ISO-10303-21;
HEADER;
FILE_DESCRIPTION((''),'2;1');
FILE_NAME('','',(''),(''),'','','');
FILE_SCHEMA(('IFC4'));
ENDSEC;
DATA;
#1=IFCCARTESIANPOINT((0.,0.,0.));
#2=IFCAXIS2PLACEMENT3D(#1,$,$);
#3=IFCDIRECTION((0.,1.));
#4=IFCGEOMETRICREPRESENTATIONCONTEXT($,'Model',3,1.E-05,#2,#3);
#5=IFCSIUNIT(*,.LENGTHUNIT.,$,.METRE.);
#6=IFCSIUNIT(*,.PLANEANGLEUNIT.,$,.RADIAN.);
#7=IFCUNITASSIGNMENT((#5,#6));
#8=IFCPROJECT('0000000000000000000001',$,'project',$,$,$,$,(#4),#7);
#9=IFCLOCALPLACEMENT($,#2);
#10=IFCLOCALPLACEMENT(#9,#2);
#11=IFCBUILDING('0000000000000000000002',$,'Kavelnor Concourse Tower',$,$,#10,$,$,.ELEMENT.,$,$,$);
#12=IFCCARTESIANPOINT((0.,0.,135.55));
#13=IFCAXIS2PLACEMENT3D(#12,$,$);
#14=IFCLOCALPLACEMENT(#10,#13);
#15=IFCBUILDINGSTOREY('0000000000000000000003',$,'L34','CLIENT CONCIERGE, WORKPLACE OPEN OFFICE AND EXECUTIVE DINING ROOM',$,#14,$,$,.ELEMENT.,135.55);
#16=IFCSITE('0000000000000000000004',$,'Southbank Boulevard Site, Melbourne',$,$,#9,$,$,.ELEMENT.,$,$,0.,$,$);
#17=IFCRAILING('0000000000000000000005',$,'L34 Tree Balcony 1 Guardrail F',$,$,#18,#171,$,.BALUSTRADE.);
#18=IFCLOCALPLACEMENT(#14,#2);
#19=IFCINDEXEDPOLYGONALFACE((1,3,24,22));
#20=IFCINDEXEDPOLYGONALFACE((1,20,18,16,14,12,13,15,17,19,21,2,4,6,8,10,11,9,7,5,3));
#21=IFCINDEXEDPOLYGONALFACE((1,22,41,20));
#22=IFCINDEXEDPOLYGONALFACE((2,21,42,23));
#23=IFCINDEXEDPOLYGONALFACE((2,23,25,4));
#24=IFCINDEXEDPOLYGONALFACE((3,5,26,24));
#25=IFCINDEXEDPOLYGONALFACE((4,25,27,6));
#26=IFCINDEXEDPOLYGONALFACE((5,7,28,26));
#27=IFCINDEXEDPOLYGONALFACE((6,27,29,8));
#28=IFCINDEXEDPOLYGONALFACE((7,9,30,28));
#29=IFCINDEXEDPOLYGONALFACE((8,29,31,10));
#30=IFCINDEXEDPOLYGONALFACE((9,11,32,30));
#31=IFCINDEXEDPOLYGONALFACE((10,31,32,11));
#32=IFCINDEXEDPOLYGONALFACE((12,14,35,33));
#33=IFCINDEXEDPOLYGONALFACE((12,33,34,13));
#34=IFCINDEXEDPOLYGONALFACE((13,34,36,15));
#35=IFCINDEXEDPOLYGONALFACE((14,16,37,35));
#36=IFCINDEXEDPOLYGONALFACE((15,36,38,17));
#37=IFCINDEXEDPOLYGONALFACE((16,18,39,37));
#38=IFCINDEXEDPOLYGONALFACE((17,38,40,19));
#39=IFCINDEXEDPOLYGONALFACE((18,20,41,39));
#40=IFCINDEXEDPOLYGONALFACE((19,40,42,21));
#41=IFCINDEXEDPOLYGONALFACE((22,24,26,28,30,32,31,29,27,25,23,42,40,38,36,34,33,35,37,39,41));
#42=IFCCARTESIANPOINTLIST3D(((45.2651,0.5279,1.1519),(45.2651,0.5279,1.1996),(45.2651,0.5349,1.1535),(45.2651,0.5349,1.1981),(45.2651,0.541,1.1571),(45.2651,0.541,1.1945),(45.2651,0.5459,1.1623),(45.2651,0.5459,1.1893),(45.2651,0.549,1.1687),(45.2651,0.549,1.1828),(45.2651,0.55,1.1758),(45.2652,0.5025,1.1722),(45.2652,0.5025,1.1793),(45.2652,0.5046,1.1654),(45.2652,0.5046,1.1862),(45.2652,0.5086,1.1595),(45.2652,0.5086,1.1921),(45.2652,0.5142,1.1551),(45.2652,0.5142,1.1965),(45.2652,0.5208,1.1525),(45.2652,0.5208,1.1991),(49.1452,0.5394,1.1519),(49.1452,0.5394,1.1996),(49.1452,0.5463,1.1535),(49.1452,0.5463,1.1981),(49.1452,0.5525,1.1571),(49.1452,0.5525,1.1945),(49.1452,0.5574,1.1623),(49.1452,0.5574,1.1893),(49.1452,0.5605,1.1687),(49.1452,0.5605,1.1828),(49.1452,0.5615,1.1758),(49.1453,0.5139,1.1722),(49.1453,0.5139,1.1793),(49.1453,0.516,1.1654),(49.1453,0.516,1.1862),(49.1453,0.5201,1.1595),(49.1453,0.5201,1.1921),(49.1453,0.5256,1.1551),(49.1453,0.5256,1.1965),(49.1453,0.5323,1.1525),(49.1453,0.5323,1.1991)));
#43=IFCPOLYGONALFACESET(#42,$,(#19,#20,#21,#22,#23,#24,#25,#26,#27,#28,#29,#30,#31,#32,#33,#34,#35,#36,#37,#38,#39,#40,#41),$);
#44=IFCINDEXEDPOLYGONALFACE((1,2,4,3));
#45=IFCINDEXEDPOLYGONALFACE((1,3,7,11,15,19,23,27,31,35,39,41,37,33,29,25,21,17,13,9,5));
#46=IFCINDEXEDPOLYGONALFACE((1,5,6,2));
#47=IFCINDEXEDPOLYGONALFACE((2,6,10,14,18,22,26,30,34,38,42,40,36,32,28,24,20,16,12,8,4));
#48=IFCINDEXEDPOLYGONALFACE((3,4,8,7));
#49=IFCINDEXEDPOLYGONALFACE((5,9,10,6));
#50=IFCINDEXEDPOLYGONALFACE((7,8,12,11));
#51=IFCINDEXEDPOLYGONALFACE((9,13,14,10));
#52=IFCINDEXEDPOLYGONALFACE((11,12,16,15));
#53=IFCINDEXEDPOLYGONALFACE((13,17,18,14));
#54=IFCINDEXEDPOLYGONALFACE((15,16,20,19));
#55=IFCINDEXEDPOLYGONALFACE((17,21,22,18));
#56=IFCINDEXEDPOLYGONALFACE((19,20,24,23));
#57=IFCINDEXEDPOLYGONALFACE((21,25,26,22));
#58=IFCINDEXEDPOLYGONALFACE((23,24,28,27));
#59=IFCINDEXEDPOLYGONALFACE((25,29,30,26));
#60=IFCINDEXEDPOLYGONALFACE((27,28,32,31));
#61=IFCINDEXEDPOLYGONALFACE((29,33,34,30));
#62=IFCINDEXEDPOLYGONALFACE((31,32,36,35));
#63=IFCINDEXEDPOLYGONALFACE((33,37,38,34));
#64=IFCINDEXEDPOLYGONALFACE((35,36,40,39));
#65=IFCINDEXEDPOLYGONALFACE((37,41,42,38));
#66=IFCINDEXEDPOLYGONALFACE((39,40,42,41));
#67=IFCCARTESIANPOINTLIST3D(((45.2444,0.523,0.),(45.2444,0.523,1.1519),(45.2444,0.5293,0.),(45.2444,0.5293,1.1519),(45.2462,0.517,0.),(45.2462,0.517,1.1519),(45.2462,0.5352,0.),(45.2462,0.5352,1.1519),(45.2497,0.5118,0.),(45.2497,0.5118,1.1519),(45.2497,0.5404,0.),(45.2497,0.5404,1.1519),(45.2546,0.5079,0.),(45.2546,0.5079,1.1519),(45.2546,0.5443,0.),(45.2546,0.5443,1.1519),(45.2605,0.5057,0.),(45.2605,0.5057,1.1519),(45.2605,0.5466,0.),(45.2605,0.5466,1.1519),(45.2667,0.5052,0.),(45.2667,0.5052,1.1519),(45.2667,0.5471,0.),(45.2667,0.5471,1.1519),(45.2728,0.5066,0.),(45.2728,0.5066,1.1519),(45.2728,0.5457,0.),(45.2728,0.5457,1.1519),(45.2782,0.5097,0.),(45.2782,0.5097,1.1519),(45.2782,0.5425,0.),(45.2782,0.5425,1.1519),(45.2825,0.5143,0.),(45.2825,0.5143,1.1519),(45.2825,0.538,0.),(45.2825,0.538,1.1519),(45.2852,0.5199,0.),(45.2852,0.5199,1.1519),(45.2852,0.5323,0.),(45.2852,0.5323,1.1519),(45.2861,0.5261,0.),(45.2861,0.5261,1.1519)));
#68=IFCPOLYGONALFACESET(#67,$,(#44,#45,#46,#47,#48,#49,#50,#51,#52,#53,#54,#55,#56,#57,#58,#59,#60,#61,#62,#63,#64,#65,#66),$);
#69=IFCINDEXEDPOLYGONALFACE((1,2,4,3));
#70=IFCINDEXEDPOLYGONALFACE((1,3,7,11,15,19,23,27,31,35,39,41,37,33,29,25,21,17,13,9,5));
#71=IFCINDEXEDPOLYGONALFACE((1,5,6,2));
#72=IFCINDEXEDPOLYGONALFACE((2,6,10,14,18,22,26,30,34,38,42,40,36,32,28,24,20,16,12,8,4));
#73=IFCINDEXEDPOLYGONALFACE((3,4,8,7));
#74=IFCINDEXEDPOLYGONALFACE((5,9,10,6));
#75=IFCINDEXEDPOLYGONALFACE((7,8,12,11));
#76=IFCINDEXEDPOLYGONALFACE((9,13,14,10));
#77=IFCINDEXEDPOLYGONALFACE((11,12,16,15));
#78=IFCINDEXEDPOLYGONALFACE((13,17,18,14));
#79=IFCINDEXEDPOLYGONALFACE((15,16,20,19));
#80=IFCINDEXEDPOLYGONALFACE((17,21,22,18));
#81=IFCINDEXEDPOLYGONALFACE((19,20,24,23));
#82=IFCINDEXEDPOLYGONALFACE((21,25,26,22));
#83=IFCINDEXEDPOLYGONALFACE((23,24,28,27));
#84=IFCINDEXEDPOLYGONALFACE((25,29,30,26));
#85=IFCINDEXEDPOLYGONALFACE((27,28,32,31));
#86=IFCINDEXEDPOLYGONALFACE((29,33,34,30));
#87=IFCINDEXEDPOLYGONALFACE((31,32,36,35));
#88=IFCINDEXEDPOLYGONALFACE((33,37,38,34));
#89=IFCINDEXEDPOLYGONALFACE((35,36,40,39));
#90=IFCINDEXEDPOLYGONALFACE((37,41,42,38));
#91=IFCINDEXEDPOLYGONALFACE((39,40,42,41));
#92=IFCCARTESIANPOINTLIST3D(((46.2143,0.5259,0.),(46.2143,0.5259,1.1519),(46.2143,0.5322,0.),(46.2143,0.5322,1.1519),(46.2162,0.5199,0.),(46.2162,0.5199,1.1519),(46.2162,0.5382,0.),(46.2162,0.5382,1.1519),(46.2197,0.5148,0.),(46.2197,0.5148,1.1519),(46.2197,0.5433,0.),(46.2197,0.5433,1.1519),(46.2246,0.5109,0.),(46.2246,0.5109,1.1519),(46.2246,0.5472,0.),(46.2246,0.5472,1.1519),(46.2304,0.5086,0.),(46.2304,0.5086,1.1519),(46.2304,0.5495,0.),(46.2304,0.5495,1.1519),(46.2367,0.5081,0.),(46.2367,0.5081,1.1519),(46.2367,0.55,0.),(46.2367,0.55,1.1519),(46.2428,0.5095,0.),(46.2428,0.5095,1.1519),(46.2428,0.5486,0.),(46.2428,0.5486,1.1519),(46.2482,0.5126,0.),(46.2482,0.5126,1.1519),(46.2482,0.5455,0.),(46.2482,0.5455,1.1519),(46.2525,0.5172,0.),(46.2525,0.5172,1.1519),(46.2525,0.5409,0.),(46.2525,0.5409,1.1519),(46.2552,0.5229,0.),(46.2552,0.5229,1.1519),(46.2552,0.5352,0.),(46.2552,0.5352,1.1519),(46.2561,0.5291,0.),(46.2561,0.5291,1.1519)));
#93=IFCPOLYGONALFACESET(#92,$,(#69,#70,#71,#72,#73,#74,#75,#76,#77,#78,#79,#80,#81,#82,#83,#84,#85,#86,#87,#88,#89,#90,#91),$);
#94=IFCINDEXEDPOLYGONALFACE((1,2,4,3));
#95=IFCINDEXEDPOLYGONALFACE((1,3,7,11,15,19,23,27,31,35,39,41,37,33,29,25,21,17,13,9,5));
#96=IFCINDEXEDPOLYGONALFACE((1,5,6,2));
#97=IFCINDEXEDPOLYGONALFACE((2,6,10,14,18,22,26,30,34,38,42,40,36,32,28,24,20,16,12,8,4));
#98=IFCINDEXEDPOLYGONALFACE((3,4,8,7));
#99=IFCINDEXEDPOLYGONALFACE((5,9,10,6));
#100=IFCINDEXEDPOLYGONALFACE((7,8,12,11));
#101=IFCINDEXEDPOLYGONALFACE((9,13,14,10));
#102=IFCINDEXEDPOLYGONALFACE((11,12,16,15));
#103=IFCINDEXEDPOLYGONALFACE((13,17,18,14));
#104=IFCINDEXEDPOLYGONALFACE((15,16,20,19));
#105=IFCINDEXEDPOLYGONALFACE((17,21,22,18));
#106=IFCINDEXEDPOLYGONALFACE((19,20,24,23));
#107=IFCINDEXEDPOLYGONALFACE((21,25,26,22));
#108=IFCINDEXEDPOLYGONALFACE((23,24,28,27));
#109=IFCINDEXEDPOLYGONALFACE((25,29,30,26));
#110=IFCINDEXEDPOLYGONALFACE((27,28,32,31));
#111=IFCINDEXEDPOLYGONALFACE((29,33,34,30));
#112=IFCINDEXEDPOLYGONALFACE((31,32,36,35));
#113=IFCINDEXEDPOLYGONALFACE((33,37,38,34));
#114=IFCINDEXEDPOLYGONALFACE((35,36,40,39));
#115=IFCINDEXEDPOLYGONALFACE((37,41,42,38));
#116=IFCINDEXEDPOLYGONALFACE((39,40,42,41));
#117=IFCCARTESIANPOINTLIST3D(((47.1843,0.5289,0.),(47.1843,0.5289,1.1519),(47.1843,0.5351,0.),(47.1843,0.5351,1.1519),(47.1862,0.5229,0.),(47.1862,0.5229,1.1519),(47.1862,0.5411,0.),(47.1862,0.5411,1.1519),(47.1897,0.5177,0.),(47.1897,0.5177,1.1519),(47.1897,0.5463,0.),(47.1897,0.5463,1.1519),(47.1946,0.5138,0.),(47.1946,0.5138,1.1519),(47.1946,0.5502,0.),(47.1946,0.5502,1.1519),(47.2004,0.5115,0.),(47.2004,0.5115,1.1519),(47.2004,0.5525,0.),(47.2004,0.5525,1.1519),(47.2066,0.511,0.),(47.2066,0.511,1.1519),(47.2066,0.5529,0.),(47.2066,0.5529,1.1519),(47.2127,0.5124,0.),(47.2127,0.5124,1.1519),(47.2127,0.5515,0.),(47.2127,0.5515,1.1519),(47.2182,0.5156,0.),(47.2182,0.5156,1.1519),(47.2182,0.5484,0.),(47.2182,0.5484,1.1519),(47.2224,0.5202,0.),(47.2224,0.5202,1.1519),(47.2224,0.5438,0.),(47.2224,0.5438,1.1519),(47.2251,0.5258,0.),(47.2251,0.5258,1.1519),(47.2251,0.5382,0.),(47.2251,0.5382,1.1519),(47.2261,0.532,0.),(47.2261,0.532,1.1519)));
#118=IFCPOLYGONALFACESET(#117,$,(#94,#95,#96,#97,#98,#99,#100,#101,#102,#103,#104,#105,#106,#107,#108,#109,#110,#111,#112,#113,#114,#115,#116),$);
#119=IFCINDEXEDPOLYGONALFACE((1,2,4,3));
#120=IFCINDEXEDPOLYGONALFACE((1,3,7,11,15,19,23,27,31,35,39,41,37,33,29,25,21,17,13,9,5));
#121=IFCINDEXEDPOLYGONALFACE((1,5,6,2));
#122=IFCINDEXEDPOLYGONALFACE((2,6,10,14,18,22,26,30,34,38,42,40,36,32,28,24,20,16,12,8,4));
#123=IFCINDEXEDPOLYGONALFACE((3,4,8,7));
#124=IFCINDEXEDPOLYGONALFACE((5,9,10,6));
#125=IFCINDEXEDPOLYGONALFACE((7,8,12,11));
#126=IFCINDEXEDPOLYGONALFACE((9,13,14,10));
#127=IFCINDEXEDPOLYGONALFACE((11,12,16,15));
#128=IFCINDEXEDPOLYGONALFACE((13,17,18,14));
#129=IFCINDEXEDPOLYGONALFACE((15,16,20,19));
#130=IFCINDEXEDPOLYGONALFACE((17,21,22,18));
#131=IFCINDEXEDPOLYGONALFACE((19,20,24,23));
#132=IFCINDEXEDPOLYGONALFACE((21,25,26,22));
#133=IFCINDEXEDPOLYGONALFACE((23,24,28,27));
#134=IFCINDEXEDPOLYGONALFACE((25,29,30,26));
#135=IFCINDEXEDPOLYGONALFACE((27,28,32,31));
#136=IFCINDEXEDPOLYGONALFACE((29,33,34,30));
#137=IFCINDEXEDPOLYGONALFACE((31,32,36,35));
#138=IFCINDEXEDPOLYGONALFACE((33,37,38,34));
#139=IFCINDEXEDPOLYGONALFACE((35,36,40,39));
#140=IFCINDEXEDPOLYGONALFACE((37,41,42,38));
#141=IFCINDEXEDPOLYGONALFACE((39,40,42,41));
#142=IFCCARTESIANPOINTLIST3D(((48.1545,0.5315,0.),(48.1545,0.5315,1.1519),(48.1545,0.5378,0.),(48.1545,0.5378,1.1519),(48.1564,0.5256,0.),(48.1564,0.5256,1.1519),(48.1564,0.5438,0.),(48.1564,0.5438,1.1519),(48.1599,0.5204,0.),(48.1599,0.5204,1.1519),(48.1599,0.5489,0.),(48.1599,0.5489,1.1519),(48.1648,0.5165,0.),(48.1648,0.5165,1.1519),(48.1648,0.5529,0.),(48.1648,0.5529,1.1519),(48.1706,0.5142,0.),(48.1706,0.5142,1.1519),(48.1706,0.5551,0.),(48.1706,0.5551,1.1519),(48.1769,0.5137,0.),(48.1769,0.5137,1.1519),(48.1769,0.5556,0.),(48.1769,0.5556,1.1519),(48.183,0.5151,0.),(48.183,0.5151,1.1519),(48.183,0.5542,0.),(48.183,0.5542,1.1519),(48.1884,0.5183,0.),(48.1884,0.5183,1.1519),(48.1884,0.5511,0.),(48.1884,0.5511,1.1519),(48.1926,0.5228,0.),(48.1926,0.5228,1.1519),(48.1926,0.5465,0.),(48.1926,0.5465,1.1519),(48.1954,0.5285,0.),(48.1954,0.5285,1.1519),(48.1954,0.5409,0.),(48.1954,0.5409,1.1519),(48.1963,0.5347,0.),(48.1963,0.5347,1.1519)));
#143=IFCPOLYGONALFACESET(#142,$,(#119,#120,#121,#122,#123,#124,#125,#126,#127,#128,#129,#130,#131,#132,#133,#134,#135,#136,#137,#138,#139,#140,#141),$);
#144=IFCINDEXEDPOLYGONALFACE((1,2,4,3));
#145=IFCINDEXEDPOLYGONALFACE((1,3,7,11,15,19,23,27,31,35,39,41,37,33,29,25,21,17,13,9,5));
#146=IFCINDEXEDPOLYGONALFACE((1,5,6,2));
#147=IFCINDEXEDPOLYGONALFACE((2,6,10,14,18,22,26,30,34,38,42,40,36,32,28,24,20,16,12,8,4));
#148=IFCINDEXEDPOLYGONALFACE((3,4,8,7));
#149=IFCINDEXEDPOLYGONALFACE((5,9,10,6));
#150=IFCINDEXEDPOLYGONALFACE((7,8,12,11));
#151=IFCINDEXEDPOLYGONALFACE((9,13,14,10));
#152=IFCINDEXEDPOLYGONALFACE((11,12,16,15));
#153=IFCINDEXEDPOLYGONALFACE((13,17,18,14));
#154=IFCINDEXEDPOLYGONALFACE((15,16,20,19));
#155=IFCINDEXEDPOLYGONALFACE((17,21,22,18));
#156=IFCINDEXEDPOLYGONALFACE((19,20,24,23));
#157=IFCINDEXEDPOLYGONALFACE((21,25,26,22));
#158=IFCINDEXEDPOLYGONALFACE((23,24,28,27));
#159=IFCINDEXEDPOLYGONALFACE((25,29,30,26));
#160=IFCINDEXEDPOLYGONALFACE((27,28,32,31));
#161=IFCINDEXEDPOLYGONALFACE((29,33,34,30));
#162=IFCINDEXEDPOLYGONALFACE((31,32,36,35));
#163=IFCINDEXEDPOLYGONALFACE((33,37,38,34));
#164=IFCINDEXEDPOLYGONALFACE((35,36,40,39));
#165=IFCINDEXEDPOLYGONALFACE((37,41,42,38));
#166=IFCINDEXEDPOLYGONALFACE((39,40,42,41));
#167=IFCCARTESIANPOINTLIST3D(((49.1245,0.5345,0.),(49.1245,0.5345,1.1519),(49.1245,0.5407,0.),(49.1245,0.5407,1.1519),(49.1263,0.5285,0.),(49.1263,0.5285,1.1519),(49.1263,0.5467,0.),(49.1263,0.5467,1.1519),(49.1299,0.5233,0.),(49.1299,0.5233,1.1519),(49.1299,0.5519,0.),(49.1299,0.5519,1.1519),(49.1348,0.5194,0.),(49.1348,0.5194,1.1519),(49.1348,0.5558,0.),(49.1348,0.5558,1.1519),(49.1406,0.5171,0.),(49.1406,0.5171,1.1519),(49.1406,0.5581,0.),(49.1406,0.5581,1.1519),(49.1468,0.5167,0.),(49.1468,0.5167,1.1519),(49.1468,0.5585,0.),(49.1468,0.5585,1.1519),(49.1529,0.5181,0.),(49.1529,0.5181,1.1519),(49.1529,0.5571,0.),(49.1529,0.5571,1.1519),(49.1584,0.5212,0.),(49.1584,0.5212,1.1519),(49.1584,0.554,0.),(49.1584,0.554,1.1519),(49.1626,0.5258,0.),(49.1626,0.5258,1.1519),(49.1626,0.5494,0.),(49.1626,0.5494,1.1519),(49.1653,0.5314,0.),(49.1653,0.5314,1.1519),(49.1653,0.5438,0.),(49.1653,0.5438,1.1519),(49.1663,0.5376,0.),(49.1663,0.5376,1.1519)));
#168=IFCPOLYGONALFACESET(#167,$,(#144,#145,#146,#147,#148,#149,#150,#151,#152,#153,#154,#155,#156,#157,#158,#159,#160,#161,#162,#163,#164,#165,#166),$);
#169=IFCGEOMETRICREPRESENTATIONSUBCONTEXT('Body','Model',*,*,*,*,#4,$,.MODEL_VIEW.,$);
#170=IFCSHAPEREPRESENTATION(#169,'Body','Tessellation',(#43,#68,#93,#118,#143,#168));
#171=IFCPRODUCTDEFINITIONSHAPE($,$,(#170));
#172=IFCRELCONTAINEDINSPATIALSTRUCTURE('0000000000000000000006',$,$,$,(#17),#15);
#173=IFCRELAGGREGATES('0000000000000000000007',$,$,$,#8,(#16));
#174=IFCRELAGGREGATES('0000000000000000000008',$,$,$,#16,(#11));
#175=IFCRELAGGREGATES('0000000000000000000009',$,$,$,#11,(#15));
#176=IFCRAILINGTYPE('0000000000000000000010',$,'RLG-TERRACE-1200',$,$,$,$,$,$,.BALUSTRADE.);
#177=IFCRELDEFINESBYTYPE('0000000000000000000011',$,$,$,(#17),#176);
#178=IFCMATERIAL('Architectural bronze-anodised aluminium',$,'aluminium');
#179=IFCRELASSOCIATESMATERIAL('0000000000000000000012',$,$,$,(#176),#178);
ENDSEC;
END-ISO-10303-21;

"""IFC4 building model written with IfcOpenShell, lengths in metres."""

from ifc_helpers import new_model, si_unit, direction, frame, origin, origin_2d, place, context, subcontext, project, spatial, circle, extrude, material, type_object, element, save


model = new_model("IFC4")

# Units and contexts
model_context = context("Model", 3, precision=1e-05, world=origin(), true_north=direction((0.0, 1.0)))
body_context = subcontext(model_context, "Body", "Model", "MODEL_VIEW")
ifc_project = project(units=[si_unit("LENGTHUNIT", "METRE"), si_unit("PLANEANGLEUNIT", "RADIAN")], contexts=[model_context])

# Site, building, storey
site_placement = place(None, origin())
site = spatial("IfcSite", under=ifc_project, at=site_placement, Name="Southbank Boulevard Site, Melbourne", CompositionType="ELEMENT", RefElevation=0.0)
building_placement = place(site_placement, origin())
building = spatial("IfcBuilding", under=site, at=building_placement, Name="Kavelnor Concourse Tower", CompositionType="ELEMENT")
storey_placement = place(building_placement, frame((0.0, 0.0, 135.55)))
storey = spatial("IfcBuildingStorey", under=building, at=storey_placement, Name="L34", Description="CLIENT CONCIERGE, WORKPLACE OPEN OFFICE AND EXECUTIVE DINING ROOM", CompositionType="ELEMENT", Elevation=135.55)

# Railing
ifc_material_1 = material(Name="Architectural bronze-anodised aluminium", Category="aluminium")
railing_type_1 = type_object("IfcRailingType", Name="RLG-TERRACE-1200", PredefinedType="BALUSTRADE", material=ifc_material_1)
railing_1_placement = place(storey_placement, frame((45.2651, 0.5261, 0.0)))
element("IfcRailing", 1, at=railing_1_placement, inside=storey, type_object=railing_type_1, Name="L34 Tree Balcony 1 Guardrail F", PredefinedType="BALUSTRADE", context=body_context, shape_type="SweptSolid", body=[
    extrude(circle(Radius=0.0239, at=origin_2d()), frame((0.0, 0.0, 1.1758), z_axis=(0.999996, 0.002957, 0.0), x_axis=(-0.002957, 0.999996, 0.0)), (0.0, 0.0, 1.0), 3.8801),
    extrude(circle(Radius=0.021, at=origin_2d()), origin(), (0.0, 0.0, 1.0), 1.1519),
    extrude(circle(Radius=0.021, at=origin_2d()), frame((0.97, 0.0029, 0.0)), (0.0, 0.0, 1.0), 1.1519),
    extrude(circle(Radius=0.021, at=origin_2d()), frame((1.9399, 0.0059, 0.0)), (0.0, 0.0, 1.0), 1.1519),
    extrude(circle(Radius=0.021, at=origin_2d()), frame((2.9102, 0.0085, 0.0)), (0.0, 0.0, 1.0), 1.1519),
    extrude(circle(Radius=0.021, at=origin_2d()), frame((3.8801, 0.0115, 0.0)), (0.0, 0.0, 1.0), 1.1519),
])

save(model, "model.ifc")
